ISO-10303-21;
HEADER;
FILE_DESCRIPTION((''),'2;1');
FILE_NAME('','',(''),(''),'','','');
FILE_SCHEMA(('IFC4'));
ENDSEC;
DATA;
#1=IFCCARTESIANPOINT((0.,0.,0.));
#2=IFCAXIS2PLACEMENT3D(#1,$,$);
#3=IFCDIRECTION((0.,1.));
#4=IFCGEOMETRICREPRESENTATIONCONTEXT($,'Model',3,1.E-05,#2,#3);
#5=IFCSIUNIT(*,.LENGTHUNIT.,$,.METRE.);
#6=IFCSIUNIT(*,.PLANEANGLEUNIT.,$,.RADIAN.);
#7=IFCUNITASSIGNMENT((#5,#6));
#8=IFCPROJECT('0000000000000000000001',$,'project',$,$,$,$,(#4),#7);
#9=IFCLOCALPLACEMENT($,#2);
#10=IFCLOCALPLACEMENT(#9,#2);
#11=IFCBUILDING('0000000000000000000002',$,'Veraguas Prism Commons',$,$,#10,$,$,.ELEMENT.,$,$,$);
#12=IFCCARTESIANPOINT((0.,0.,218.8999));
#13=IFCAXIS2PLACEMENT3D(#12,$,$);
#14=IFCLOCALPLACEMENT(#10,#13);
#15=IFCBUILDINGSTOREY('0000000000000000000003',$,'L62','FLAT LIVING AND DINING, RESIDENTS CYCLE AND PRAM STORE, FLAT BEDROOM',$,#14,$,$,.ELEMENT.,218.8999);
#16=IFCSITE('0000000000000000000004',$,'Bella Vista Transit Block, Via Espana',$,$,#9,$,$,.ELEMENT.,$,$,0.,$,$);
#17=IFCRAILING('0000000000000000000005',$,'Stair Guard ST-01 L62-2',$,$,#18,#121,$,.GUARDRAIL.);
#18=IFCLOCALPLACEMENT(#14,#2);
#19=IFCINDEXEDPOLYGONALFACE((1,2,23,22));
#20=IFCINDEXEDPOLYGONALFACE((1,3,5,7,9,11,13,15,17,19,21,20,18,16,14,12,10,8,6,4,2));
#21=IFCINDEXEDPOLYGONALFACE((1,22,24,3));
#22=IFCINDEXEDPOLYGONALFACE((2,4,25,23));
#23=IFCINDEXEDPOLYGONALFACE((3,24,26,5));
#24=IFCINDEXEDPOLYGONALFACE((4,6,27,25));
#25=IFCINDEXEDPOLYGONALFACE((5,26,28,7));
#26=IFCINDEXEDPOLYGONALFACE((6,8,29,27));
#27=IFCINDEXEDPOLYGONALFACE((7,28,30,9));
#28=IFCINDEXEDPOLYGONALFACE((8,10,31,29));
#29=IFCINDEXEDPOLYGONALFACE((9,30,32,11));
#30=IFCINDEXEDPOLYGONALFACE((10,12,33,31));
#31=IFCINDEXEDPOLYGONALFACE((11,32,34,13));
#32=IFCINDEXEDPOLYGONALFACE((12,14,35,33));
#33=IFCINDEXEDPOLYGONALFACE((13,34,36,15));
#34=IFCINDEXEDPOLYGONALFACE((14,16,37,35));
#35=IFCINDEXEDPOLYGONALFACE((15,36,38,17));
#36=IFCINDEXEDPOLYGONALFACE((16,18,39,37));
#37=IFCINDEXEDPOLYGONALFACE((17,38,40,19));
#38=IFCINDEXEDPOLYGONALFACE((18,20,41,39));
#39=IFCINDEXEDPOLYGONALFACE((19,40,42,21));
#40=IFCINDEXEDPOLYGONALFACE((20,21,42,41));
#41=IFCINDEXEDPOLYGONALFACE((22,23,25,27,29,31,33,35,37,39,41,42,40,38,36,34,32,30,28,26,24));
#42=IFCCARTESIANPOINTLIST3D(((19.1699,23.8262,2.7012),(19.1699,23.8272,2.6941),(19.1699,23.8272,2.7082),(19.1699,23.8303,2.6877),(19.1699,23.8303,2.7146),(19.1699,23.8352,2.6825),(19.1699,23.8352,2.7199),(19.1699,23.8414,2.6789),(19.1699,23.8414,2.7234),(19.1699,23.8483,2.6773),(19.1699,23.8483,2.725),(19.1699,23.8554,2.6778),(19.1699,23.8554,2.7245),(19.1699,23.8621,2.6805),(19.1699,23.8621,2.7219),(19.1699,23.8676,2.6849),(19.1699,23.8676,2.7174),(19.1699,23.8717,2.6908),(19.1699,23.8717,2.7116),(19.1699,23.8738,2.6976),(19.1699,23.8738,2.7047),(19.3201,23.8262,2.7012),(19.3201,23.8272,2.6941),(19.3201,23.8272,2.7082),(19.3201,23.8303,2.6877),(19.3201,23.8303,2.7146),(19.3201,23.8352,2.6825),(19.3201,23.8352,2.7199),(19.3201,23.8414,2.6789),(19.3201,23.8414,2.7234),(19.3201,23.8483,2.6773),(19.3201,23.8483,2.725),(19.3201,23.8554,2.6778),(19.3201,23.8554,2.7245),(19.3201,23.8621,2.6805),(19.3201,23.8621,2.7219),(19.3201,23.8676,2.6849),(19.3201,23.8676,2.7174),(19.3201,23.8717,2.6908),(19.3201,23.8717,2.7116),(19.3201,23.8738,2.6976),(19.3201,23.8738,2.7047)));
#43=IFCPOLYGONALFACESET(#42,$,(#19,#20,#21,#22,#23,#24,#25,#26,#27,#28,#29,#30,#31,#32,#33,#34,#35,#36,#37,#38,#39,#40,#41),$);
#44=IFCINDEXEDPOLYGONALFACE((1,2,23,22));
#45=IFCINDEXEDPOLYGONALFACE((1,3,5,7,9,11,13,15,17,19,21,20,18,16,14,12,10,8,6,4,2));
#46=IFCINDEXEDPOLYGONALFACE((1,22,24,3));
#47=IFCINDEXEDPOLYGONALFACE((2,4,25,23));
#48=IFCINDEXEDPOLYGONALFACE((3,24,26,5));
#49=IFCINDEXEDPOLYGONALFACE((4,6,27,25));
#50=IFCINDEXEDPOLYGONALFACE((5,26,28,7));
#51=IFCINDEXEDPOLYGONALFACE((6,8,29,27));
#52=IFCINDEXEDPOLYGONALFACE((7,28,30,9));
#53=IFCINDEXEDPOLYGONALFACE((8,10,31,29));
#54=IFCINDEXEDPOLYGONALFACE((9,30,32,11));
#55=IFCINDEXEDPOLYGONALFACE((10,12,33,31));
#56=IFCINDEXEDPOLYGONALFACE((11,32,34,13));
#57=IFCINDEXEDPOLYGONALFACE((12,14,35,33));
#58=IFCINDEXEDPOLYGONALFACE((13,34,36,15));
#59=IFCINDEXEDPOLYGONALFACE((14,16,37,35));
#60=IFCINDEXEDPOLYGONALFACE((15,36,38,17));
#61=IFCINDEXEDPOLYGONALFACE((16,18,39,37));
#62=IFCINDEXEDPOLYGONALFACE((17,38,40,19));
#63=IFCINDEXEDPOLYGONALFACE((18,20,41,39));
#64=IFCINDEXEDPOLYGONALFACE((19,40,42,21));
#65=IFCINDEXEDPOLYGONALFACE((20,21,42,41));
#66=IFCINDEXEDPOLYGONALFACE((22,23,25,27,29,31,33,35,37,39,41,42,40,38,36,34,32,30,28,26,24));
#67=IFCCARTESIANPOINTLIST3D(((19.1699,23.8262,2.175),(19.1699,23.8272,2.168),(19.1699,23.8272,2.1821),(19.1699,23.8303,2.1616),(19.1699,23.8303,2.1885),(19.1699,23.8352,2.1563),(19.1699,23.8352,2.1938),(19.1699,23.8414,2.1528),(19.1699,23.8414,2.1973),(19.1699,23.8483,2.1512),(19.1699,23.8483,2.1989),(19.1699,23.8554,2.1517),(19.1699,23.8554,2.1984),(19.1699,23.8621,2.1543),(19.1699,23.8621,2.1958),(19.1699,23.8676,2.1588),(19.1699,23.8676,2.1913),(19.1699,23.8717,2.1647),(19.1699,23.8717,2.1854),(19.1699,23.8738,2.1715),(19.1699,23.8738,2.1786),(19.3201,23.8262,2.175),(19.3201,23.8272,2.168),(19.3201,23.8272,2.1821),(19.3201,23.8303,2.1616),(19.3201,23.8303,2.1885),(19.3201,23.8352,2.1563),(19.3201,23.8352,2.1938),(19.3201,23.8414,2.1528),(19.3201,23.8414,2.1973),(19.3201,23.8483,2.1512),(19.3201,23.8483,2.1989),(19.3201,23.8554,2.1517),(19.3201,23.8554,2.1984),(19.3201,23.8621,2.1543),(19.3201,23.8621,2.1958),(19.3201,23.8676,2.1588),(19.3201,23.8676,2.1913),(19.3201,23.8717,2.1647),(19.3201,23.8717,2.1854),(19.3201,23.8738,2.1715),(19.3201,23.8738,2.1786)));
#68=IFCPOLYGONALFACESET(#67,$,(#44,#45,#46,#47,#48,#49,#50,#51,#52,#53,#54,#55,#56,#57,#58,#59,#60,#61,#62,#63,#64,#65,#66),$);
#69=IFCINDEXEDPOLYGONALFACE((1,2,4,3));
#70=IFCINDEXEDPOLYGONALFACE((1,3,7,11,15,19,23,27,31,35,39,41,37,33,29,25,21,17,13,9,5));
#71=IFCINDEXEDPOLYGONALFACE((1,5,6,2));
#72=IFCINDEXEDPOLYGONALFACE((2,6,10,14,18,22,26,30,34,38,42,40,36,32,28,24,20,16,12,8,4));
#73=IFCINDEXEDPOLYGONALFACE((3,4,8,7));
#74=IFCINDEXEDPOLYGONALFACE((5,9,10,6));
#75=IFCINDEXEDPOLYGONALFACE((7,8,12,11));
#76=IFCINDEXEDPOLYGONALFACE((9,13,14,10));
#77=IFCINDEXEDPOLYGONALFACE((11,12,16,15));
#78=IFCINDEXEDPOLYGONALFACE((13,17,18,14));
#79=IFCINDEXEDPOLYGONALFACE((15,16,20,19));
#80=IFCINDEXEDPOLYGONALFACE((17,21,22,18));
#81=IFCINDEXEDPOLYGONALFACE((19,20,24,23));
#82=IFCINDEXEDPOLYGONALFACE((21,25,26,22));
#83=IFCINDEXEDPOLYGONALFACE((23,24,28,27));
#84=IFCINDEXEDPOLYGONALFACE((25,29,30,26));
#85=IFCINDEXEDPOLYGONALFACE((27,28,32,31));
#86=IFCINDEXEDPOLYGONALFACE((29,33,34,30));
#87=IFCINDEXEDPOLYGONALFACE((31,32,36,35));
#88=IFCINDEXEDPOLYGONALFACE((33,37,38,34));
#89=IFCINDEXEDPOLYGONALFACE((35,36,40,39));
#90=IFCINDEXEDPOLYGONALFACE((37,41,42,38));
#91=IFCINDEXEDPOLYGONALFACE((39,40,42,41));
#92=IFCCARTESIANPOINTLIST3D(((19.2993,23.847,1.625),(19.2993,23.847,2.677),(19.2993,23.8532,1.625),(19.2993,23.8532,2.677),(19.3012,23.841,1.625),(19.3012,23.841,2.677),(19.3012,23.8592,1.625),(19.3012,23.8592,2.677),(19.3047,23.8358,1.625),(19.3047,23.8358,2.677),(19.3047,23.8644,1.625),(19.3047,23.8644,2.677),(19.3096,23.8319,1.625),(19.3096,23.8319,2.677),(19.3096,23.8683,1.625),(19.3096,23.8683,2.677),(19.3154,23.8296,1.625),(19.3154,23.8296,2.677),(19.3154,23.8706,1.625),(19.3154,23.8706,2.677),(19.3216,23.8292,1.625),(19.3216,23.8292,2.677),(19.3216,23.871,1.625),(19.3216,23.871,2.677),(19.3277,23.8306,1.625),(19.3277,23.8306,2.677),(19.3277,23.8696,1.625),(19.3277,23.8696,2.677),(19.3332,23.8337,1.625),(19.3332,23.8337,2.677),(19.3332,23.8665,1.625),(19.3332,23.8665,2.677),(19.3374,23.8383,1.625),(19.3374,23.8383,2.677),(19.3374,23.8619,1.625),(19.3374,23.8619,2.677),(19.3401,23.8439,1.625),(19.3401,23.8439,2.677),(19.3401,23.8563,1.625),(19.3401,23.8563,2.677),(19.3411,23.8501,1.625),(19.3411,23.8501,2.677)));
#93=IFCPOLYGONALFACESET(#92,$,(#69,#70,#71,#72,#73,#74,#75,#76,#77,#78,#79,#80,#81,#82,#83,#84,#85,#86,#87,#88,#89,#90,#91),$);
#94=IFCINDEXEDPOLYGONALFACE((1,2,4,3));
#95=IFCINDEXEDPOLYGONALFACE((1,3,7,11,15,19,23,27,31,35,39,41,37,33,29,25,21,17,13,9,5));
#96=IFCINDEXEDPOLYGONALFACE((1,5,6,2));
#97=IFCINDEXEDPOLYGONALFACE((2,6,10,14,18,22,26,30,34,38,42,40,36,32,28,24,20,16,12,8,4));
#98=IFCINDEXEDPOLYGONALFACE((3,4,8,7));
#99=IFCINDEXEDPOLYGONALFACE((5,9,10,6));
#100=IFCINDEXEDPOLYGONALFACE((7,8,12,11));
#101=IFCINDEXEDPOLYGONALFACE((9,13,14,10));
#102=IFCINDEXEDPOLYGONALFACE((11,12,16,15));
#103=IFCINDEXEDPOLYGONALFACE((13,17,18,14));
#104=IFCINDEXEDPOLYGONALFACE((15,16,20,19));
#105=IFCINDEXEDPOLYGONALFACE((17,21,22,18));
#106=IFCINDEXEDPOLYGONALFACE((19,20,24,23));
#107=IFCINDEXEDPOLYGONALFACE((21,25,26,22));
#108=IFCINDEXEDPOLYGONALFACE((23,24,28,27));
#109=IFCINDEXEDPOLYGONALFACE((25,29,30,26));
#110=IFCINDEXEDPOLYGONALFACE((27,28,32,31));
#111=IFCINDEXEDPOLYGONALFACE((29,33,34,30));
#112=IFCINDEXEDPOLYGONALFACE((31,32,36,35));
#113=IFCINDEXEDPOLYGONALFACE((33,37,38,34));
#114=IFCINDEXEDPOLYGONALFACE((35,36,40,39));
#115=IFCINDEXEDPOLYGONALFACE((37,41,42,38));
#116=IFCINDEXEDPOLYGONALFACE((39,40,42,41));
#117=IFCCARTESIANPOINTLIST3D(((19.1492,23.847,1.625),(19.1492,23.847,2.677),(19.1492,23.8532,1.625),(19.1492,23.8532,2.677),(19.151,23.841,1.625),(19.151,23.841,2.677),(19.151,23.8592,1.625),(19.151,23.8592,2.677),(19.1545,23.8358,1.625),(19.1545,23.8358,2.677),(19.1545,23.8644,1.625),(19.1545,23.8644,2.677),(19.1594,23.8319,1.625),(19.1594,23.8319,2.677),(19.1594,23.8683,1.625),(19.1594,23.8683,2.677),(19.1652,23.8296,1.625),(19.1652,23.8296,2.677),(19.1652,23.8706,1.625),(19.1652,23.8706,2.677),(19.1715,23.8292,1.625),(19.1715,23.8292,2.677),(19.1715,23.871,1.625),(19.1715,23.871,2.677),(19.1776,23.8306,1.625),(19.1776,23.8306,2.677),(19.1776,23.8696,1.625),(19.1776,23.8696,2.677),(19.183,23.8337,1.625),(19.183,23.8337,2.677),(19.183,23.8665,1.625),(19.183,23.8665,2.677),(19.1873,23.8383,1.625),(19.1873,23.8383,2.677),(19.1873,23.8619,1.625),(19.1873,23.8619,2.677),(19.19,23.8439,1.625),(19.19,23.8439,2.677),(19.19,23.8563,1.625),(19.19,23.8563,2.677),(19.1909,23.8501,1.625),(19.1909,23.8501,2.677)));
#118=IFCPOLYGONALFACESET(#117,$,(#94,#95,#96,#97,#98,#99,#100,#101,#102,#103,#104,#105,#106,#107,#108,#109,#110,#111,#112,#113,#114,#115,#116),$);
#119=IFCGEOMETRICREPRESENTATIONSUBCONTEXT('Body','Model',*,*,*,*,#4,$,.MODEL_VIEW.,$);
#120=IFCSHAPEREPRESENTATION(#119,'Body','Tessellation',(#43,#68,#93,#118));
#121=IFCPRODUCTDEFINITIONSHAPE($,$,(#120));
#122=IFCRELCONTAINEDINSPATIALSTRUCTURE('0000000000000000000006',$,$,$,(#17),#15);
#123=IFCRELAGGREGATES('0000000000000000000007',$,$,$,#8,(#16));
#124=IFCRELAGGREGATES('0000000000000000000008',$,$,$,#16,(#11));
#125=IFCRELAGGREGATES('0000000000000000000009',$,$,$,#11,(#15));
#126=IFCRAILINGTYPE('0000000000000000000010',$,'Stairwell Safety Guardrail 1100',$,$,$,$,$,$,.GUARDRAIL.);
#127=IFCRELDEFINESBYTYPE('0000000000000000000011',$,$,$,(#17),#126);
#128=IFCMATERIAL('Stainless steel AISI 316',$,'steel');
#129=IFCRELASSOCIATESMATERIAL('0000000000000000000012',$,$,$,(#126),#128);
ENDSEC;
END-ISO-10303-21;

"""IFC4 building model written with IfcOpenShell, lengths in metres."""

from ifc_helpers import new_model, si_unit, direction, frame, origin, origin_2d, place, context, subcontext, project, spatial, circle, extrude, material, type_object, element, save


model = new_model("IFC4")

# Units and contexts
model_context = context("Model", 3, precision=1e-05, world=origin(), true_north=direction((0.0, 1.0)))
body_context = subcontext(model_context, "Body", "Model", "MODEL_VIEW")
ifc_project = project(units=[si_unit("LENGTHUNIT", "METRE"), si_unit("PLANEANGLEUNIT", "RADIAN")], contexts=[model_context])

# Site, building, storey
site_placement = place(None, origin())
site = spatial("IfcSite", under=ifc_project, at=site_placement, Name="Bella Vista Transit Block, Via Espana", CompositionType="ELEMENT", RefElevation=0.0)
building_placement = place(site_placement, origin())
building = spatial("IfcBuilding", under=site, at=building_placement, Name="Veraguas Prism Commons", CompositionType="ELEMENT")
storey_placement = place(building_placement, frame((0.0, 0.0, 218.8999)))
storey = spatial("IfcBuildingStorey", under=building, at=storey_placement, Name="L62", Description="FLAT LIVING AND DINING, RESIDENTS CYCLE AND PRAM STORE, FLAT BEDROOM", CompositionType="ELEMENT", Elevation=218.8999)

# Shared definitions
ifc_material_1 = material(Name="Stainless steel AISI 316", Category="steel")

# Railing
railing_type_1 = type_object("IfcRailingType", Name="Stairwell Safety Guardrail 1100", PredefinedType="GUARDRAIL", material=ifc_material_1)
railing_1_placement = place(storey_placement, frame((19.3201, 23.8501, 1.625)))
element("IfcRailing", 1, at=railing_1_placement, inside=storey, type_object=railing_type_1, Name="Stair Guard ST-01 L62-2", PredefinedType="GUARDRAIL", context=body_context, shape_type="SweptSolid", body=[
    extrude(circle(Radius=0.0239, at=origin_2d()), frame((0.0, 0.0, 1.0762), z_axis=(-1.0, 0.0, 0.0), x_axis=(0.0, -1.0, 0.0)), (0.0, 0.0, 1.0), 0.1501),
    extrude(circle(Radius=0.0239, at=origin_2d()), frame((0.0, 0.0, 0.55), z_axis=(-1.0, 0.0, 0.0), x_axis=(0.0, -1.0, 0.0)), (0.0, 0.0, 1.0), 0.1501),
    extrude(circle(Radius=0.021, at=origin_2d()), origin(), (0.0, 0.0, 1.0), 1.052),
    extrude(circle(Radius=0.021, at=origin_2d()), frame((-0.1501, 0.0, 0.0)), (0.0, 0.0, 1.0), 1.052),
])

save(model, "model.ifc")
